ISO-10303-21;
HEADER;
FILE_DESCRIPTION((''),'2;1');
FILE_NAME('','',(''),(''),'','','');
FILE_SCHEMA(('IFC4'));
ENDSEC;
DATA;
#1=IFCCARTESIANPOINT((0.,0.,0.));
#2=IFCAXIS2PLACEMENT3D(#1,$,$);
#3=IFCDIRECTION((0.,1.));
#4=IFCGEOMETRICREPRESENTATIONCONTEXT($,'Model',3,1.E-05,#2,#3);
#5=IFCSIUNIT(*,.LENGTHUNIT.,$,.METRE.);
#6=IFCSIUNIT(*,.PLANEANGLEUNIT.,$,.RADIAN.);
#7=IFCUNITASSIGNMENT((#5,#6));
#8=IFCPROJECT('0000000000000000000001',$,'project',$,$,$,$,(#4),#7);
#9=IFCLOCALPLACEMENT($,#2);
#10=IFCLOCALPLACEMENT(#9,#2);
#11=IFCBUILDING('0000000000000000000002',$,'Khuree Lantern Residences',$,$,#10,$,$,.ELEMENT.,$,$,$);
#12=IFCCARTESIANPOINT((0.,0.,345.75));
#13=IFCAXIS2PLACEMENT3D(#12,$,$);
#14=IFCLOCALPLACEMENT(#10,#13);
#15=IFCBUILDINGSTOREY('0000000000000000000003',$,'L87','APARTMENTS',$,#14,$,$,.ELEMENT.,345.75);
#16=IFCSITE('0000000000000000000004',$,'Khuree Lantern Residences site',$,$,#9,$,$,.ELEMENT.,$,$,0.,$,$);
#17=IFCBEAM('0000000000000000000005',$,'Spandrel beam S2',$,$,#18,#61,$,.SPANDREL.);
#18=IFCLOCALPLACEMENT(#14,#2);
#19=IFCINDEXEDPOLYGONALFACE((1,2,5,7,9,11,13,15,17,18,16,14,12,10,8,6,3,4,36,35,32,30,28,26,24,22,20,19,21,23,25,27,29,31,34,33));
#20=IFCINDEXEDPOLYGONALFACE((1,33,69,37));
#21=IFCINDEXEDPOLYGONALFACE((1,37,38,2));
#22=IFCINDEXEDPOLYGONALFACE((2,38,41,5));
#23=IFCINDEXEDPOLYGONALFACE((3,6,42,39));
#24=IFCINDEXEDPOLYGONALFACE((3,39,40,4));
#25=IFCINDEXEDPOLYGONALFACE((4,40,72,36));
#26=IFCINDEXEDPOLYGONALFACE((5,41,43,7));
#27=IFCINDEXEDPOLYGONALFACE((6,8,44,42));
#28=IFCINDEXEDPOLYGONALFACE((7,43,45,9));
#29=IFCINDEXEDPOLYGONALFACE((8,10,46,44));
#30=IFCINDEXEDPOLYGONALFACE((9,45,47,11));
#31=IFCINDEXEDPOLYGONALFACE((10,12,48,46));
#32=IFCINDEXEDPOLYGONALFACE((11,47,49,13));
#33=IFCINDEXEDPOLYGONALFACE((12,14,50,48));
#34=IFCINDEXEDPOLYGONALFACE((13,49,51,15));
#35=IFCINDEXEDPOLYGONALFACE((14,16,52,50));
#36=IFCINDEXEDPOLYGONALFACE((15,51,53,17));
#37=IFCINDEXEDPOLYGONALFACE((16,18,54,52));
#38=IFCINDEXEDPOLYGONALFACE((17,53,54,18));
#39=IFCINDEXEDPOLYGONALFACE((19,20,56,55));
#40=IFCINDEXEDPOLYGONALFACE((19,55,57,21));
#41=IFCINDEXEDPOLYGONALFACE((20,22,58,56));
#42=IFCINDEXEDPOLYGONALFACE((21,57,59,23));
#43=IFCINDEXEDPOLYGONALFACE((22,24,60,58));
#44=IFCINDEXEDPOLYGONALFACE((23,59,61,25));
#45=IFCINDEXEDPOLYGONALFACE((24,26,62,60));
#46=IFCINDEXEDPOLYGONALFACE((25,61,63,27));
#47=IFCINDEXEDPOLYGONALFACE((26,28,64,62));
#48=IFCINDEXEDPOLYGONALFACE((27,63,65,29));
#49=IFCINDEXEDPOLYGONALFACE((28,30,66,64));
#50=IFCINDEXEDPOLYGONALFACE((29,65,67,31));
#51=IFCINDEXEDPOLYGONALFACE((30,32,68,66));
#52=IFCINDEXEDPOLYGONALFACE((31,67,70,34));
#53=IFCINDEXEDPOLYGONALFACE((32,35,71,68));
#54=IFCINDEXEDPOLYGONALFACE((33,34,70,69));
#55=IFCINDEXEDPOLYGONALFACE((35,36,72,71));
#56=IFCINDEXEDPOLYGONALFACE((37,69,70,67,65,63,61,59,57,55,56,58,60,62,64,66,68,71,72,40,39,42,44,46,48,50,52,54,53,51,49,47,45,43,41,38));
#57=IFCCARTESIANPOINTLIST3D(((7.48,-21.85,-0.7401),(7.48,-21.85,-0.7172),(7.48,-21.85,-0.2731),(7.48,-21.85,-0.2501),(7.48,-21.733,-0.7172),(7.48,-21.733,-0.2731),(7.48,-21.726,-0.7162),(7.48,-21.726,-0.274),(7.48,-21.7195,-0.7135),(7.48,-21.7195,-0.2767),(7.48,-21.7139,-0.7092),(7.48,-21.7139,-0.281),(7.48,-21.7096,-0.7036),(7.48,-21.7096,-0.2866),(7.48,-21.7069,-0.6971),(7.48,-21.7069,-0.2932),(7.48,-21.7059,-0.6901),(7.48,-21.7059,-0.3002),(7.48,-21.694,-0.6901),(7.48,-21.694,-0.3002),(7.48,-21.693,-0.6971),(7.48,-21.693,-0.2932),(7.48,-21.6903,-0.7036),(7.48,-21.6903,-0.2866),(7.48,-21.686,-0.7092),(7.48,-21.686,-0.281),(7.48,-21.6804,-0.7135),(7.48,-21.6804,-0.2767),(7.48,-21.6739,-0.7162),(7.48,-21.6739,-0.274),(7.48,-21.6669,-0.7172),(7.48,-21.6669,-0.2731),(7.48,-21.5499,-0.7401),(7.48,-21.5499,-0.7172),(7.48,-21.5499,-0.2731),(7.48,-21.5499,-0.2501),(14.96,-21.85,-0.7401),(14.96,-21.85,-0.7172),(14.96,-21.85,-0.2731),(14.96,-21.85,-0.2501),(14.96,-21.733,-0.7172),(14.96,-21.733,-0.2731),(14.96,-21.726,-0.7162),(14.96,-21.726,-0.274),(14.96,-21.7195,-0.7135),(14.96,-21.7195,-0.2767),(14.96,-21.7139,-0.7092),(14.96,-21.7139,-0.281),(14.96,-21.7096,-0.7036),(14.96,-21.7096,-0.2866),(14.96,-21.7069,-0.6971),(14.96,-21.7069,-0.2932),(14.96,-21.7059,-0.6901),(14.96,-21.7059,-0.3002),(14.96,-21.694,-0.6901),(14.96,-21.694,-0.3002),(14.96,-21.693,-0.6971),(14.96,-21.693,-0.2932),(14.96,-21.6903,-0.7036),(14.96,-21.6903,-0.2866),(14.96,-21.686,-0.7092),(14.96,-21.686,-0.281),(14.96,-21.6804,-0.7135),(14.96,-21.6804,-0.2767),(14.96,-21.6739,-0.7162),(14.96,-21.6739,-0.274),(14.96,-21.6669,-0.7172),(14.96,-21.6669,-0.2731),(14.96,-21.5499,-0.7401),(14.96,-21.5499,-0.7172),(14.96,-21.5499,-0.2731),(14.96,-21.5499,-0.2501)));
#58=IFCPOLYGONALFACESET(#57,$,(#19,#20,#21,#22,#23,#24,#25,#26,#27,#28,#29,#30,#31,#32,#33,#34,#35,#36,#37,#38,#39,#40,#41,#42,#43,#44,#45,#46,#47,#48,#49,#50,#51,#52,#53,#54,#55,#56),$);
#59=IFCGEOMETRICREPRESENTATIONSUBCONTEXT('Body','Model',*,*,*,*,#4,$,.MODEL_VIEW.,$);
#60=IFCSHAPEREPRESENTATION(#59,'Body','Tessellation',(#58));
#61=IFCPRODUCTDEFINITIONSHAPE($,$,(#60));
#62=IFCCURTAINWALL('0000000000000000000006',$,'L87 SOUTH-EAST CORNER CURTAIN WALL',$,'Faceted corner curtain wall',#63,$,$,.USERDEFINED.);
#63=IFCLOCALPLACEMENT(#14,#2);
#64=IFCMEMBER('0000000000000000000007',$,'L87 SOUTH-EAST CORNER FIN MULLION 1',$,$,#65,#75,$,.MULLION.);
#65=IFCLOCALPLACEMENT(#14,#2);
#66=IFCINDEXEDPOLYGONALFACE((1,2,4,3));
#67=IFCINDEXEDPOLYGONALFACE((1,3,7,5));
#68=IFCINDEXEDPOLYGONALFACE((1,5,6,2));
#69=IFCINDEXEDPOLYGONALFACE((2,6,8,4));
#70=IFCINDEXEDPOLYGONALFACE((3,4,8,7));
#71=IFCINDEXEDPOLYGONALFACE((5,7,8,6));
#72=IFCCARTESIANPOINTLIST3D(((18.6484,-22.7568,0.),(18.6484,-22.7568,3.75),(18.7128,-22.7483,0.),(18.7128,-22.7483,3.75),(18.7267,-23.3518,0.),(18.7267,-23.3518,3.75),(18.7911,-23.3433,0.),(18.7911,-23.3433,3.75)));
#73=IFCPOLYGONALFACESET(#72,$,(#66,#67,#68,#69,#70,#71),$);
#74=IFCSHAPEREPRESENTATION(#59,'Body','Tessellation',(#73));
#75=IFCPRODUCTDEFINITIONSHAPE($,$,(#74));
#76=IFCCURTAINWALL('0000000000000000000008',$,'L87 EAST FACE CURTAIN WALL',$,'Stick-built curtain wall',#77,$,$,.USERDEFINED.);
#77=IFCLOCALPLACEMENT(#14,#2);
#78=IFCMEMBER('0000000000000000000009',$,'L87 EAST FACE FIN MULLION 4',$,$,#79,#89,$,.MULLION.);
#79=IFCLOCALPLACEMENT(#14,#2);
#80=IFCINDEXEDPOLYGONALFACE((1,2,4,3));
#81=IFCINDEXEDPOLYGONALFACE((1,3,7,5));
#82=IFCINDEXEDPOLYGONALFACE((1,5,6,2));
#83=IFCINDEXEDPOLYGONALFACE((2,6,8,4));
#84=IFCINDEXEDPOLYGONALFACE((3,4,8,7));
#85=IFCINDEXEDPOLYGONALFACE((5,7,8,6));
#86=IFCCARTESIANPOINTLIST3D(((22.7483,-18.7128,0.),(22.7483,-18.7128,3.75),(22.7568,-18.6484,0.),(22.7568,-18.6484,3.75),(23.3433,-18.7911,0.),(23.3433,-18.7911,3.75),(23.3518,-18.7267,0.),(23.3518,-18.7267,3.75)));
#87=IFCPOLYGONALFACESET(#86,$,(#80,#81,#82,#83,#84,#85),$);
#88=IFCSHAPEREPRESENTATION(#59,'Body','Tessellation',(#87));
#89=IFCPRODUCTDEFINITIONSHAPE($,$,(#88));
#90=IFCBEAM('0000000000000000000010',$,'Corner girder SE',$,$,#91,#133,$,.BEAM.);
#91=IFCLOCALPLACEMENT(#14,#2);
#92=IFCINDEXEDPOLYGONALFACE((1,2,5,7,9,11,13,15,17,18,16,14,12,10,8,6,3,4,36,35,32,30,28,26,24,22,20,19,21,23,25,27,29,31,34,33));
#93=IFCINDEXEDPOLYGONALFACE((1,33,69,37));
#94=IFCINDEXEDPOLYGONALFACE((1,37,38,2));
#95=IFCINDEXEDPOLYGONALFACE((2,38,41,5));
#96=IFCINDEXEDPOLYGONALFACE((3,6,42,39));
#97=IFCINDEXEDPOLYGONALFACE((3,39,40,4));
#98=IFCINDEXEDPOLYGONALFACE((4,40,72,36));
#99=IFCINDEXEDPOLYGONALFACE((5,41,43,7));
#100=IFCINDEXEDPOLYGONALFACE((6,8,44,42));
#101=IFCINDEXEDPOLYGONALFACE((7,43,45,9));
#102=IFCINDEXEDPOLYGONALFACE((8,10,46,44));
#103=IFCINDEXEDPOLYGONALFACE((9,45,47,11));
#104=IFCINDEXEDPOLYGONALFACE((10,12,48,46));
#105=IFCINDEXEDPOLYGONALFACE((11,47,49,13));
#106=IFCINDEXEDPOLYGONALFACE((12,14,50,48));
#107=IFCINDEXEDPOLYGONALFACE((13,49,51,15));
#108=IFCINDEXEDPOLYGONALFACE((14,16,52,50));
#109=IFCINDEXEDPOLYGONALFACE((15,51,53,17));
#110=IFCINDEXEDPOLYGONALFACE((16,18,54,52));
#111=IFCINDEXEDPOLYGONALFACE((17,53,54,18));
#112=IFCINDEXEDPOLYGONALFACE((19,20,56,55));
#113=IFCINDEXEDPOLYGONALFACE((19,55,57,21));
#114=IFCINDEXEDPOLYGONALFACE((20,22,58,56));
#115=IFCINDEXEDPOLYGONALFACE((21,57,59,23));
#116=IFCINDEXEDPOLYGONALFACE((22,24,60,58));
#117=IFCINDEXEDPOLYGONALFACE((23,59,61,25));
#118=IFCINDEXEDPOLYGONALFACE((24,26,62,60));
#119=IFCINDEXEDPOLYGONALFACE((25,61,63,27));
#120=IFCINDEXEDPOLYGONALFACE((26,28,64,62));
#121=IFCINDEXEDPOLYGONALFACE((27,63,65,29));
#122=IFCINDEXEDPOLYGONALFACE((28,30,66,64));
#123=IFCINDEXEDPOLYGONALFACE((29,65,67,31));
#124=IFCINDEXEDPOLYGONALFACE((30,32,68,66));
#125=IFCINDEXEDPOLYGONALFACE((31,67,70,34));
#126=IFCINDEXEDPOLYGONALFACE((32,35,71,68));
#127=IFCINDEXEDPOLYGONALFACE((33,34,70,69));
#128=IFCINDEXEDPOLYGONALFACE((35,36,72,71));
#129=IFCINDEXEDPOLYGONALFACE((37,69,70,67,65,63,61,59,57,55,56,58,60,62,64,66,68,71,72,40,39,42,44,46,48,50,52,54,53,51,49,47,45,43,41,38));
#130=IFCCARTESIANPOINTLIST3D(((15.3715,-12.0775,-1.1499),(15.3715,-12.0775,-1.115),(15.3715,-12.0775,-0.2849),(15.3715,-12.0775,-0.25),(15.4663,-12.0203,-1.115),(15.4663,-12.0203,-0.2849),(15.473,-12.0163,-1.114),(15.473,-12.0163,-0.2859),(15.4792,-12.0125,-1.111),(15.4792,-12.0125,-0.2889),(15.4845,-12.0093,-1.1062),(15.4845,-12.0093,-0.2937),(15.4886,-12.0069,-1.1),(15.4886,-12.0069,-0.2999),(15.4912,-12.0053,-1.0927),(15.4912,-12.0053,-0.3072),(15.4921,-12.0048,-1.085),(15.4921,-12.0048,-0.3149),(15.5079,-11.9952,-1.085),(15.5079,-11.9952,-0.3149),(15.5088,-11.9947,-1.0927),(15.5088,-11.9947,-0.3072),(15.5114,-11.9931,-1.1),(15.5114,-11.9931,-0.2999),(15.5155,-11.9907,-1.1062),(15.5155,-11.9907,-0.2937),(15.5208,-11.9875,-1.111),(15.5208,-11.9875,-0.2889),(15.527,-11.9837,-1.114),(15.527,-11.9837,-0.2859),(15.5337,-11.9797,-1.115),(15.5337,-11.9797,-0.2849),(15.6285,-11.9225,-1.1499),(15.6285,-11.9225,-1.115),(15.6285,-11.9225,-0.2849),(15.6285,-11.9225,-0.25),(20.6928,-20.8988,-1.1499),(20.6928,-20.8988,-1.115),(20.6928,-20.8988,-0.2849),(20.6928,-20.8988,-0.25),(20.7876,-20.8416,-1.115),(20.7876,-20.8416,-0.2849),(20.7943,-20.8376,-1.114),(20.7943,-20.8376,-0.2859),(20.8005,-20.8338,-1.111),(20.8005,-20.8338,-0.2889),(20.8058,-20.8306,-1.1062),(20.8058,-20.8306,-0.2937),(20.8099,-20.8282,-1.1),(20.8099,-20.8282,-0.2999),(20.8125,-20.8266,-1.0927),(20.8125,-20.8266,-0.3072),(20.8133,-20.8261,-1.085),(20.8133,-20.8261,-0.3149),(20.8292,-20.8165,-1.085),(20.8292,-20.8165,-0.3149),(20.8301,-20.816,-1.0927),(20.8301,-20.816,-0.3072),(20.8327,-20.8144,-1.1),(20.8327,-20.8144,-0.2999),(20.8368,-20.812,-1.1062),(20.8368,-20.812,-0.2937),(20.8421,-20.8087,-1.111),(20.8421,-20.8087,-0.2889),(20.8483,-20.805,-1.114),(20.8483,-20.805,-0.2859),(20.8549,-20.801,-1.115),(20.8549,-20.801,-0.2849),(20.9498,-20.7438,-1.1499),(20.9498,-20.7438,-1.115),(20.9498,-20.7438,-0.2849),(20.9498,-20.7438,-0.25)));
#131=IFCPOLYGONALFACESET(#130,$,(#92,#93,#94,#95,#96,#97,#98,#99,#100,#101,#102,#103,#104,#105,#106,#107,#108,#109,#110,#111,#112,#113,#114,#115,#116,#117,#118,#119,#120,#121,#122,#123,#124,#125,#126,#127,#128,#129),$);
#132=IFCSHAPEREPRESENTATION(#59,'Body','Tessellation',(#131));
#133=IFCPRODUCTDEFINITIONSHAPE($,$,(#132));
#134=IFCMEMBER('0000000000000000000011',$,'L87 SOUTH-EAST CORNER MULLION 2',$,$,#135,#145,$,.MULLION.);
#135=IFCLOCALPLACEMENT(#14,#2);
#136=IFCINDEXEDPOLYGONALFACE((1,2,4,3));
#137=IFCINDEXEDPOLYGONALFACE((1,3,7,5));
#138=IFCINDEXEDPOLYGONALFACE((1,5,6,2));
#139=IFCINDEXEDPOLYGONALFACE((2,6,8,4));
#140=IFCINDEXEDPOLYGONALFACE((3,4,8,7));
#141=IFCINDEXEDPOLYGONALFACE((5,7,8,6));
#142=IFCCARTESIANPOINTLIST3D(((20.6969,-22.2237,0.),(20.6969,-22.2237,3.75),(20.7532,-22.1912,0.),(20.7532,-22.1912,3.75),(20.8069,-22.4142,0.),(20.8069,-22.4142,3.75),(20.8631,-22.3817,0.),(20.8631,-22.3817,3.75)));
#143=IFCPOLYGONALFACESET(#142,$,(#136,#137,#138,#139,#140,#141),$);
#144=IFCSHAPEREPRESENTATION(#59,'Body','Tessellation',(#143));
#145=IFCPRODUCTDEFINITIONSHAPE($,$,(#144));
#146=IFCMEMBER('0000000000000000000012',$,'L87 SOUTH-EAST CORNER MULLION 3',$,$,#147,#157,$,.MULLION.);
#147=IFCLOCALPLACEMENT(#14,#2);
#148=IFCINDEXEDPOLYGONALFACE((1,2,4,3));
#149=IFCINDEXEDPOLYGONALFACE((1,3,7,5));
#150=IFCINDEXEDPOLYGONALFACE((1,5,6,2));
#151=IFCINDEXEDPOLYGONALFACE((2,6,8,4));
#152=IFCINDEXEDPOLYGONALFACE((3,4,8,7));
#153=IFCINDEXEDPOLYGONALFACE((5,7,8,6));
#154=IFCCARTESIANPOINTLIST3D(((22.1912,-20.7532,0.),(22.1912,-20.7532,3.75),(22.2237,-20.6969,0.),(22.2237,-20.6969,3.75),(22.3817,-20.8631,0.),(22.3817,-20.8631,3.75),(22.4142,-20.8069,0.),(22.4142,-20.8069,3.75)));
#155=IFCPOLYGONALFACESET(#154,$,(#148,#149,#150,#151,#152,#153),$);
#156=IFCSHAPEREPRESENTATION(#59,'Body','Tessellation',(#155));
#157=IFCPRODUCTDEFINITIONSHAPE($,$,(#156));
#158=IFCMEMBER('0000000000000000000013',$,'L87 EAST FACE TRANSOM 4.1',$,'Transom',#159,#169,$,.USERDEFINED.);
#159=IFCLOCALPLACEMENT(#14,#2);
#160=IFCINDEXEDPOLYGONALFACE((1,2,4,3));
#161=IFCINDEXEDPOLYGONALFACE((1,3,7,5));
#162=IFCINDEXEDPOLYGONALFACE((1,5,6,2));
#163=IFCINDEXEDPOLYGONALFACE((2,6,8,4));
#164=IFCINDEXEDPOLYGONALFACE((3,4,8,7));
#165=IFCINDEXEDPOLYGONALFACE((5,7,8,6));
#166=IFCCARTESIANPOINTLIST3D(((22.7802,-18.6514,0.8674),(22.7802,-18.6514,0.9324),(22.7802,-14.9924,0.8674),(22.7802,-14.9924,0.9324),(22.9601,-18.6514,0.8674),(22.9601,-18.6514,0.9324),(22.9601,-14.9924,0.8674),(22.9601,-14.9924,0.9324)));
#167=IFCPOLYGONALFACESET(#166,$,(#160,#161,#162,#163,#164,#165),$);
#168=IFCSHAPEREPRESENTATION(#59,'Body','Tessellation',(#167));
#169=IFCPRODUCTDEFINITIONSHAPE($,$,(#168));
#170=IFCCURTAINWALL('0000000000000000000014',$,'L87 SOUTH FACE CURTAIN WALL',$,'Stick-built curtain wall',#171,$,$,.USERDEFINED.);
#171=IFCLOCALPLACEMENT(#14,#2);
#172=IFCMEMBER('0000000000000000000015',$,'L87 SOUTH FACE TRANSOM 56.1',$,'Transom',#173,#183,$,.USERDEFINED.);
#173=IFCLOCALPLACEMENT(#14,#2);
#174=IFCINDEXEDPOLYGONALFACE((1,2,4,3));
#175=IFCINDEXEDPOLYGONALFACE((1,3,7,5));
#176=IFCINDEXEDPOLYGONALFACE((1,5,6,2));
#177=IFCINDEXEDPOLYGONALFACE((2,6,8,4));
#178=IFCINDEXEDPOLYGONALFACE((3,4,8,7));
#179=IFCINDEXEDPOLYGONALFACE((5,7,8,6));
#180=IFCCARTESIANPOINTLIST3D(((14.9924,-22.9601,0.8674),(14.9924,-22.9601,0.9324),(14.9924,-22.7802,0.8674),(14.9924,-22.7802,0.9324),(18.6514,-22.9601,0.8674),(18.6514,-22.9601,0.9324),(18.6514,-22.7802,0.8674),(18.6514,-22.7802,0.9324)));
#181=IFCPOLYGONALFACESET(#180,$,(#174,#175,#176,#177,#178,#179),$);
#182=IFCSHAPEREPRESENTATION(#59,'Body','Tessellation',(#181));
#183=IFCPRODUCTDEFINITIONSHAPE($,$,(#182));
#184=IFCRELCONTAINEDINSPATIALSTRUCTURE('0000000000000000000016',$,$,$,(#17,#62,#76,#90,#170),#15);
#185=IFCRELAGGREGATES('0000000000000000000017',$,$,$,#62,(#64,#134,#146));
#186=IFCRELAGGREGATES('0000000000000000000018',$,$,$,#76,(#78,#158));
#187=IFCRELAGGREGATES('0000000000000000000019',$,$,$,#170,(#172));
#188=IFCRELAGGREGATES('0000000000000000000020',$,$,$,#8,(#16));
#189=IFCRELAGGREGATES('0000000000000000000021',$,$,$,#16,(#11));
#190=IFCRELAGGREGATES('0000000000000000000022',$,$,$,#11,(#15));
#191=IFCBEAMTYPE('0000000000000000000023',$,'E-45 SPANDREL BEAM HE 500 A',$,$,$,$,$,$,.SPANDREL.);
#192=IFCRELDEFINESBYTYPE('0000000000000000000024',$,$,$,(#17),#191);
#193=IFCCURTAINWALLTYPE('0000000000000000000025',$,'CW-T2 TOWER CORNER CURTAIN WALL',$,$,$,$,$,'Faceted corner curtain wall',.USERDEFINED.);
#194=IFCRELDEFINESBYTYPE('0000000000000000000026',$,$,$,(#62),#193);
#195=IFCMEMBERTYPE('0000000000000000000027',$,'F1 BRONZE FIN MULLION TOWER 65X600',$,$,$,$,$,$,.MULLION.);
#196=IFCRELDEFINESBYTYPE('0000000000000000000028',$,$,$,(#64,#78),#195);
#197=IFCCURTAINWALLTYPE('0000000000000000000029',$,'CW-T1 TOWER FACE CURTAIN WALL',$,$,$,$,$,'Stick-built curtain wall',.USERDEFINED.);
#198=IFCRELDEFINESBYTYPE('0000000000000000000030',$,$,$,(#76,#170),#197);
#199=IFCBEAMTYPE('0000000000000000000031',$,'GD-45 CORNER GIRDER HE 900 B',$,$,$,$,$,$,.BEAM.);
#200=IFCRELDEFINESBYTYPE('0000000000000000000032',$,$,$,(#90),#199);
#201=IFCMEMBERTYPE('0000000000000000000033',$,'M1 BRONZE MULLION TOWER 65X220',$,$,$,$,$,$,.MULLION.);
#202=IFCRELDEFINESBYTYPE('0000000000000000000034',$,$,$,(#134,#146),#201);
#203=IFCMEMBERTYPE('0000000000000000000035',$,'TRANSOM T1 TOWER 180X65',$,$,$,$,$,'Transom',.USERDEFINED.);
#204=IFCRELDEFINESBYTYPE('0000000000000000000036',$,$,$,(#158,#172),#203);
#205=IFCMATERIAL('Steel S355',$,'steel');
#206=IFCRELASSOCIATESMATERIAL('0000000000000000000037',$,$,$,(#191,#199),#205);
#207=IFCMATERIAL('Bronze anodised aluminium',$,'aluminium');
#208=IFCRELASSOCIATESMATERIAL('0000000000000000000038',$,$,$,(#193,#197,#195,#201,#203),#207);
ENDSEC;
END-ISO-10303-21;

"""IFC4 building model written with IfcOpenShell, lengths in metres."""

from ifc_helpers import new_model, si_unit, direction, frame, origin, origin_2d, place, context, subcontext, project, spatial, rectangle, i_section, extrude, material, material_profile, profile_set, type_object, element, aggregate, save


model = new_model("IFC4")

# Units and contexts
model_context = context("Model", 3, precision=1e-05, world=origin(), true_north=direction((0.0, 1.0)))
body_context = subcontext(model_context, "Body", "Model", "MODEL_VIEW")
ifc_project = project(units=[si_unit("LENGTHUNIT", "METRE"), si_unit("PLANEANGLEUNIT", "RADIAN")], contexts=[model_context])

# Site, building, storey
site_placement = place(None, origin())
site = spatial("IfcSite", under=ifc_project, at=site_placement, Name="Khuree Lantern Residences site", CompositionType="ELEMENT", RefElevation=0.0)
building_placement = place(site_placement, origin())
building = spatial("IfcBuilding", under=site, at=building_placement, Name="Khuree Lantern Residences", CompositionType="ELEMENT")
storey_placement = place(building_placement, frame((0.0, 0.0, 345.75)))
storey = spatial("IfcBuildingStorey", under=building, at=storey_placement, Name="L87", Description="APARTMENTS", CompositionType="ELEMENT", Elevation=345.75)

# Beam
ifc_material_1 = material(Name="Steel S355", Category="steel")
ifc_material_profile_1 = material_profile(ifc_material_1, i_section(OverallWidth=0.3, OverallDepth=0.49, WebThickness=0.012, FlangeThickness=0.0229, FilletRadius=0.0271, at=origin_2d()), Name="HE 500 A")
ifc_profile_set_1 = profile_set([ifc_material_profile_1], Name="Steel S355")
beam_type_1 = type_object("IfcBeamType", Name="E-45 SPANDREL BEAM HE 500 A", PredefinedType="SPANDREL", material=ifc_profile_set_1)
beam_1_placement = place(storey_placement, frame((14.96, -21.7, -0.4951), z_axis=(-1.0, 0.0, 0.0), x_axis=(0.0, -1.0, 0.0)))
element("IfcBeam", 1, at=beam_1_placement, inside=storey, type_object=beam_type_1, Name="Spandrel beam S2", PredefinedType="SPANDREL", context=body_context, shape_type="SweptSolid", body=[
    extrude(i_section(OverallWidth=0.3, OverallDepth=0.49, WebThickness=0.012, FlangeThickness=0.0229, FilletRadius=0.0271, at=origin_2d()), origin(), (0.0, 0.0, 1.0), 7.48),
])

# Curtain walls, members
ifc_material_2 = material(Name="Bronze anodised aluminium", Category="aluminium")
curtain_wall_type_1 = type_object("IfcCurtainWallType", Name="CW-T2 TOWER CORNER CURTAIN WALL", ElementType="Faceted corner curtain wall", PredefinedType="USERDEFINED", material=ifc_material_2)
curtain_wall_1_placement = place(storey_placement, origin())
curtain_wall_1 = element("IfcCurtainWall", 2, at=curtain_wall_1_placement, inside=storey, type_object=curtain_wall_type_1, Name="L87 SOUTH-EAST CORNER CURTAIN WALL", ObjectType="Faceted corner curtain wall", PredefinedType="USERDEFINED")
ifc_material_profile_2 = material_profile(ifc_material_2, rectangle(XDim=0.0649, YDim=0.6001, at=origin_2d()), Name="F1 65X600")
ifc_profile_set_2 = profile_set([ifc_material_profile_2], Name="Bronze anodised aluminium")
member_type_1 = type_object("IfcMemberType", Name="F1 BRONZE FIN MULLION TOWER 65X600", PredefinedType="MULLION", material=ifc_profile_set_2)
member_1_placement = place(storey_placement, frame((18.7197, -23.05, 0.0), z_axis=(0.0, 0.0, 1.0), x_axis=(0.991445, 0.130526, 0.0)))
member_1 = element("IfcMember", 3, at=member_1_placement, type_object=member_type_1, Name="L87 SOUTH-EAST CORNER FIN MULLION 1", PredefinedType="MULLION", context=body_context, shape_type="SweptSolid", body=[
    extrude(rectangle(XDim=0.0649, YDim=0.6001, at=origin_2d()), origin(), (0.0, 0.0, 1.0), 3.75),
])
curtain_wall_type_2 = type_object("IfcCurtainWallType", Name="CW-T1 TOWER FACE CURTAIN WALL", ElementType="Stick-built curtain wall", PredefinedType="USERDEFINED", material=ifc_material_2)
curtain_wall_2_placement = place(storey_placement, origin())
curtain_wall_2 = element("IfcCurtainWall", 4, at=curtain_wall_2_placement, inside=storey, type_object=curtain_wall_type_2, Name="L87 EAST FACE CURTAIN WALL", ObjectType="Stick-built curtain wall", PredefinedType="USERDEFINED")
member_2_placement = place(storey_placement, frame((23.05, -18.7197, 0.0), z_axis=(0.0, 0.0, 1.0), x_axis=(0.130526, 0.991445, 0.0)))
member_2 = element("IfcMember", 5, at=member_2_placement, type_object=member_type_1, Name="L87 EAST FACE FIN MULLION 4", PredefinedType="MULLION", context=body_context, shape_type="SweptSolid", body=[
    extrude(rectangle(XDim=0.0649, YDim=0.6001, at=origin_2d()), origin(), (0.0, 0.0, 1.0), 3.75),
])

# Beam
ifc_material_profile_3 = material_profile(ifc_material_1, i_section(OverallWidth=0.3, OverallDepth=0.8999, WebThickness=0.0186, FlangeThickness=0.0349, FilletRadius=0.03, at=origin_2d()), Name="HE 900 B")
ifc_profile_set_3 = profile_set([ifc_material_profile_3], Name="Steel S355")
beam_type_2 = type_object("IfcBeamType", Name="GD-45 CORNER GIRDER HE 900 B", PredefinedType="BEAM", material=ifc_profile_set_3)
beam_2_placement = place(storey_placement, frame((20.8213, -20.8213, -0.7), z_axis=(-0.51653, 0.856269, 0.0), x_axis=(-0.856269, -0.51653, 0.0)))
element("IfcBeam", 6, at=beam_2_placement, inside=storey, type_object=beam_type_2, Name="Corner girder SE", PredefinedType="BEAM", context=body_context, shape_type="SweptSolid", body=[
    extrude(i_section(OverallWidth=0.3, OverallDepth=0.8999, WebThickness=0.0186, FlangeThickness=0.0349, FilletRadius=0.03, at=origin_2d()), origin(), (0.0, 0.0, 1.0), 10.302),
])

# Members
ifc_material_profile_4 = material_profile(ifc_material_2, rectangle(XDim=0.0649, YDim=0.22, at=origin_2d()), Name="M1 65X220")
ifc_profile_set_4 = profile_set([ifc_material_profile_4], Name="Bronze anodised aluminium")
member_type_2 = type_object("IfcMemberType", Name="M1 BRONZE MULLION TOWER 65X220", PredefinedType="MULLION", material=ifc_profile_set_4)
member_3_placement = place(storey_placement, frame((20.78, -22.3027, 0.0), z_axis=(0.0, 0.0, 1.0), x_axis=(0.866025, 0.5, 0.0)))
member_3 = element("IfcMember", 7, at=member_3_placement, type_object=member_type_2, Name="L87 SOUTH-EAST CORNER MULLION 2", PredefinedType="MULLION", context=body_context, shape_type="SweptSolid", body=[
    extrude(rectangle(XDim=0.0649, YDim=0.22, at=origin_2d()), origin(), (0.0, 0.0, 1.0), 3.75),
])
member_4_placement = place(storey_placement, frame((22.3027, -20.78, 0.0), z_axis=(0.0, 0.0, 1.0), x_axis=(0.5, 0.866025, 0.0)))
member_4 = element("IfcMember", 8, at=member_4_placement, type_object=member_type_2, Name="L87 SOUTH-EAST CORNER MULLION 3", PredefinedType="MULLION", context=body_context, shape_type="SweptSolid", body=[
    extrude(rectangle(XDim=0.0649, YDim=0.22, at=origin_2d()), origin(), (0.0, 0.0, 1.0), 3.75),
])
ifc_material_profile_5 = material_profile(ifc_material_2, rectangle(XDim=0.1799, YDim=0.0649, at=origin_2d()), Name="T1 180X65")
ifc_profile_set_5 = profile_set([ifc_material_profile_5], Name="Bronze anodised aluminium")
member_type_3 = type_object("IfcMemberType", Name="TRANSOM T1 TOWER 180X65", ElementType="Transom", PredefinedType="USERDEFINED", material=ifc_profile_set_5)
member_5_placement = place(storey_placement, frame((22.8701, -18.6514, 0.8999), z_axis=(0.0, 1.0, 0.0), x_axis=(-1.0, 0.0, 0.0)))
member_5 = element("IfcMember", 9, at=member_5_placement, type_object=member_type_3, Name="L87 EAST FACE TRANSOM 4.1", ObjectType="Transom", PredefinedType="USERDEFINED", context=body_context, shape_type="SweptSolid", body=[
    extrude(rectangle(XDim=0.1799, YDim=0.0649, at=origin_2d()), origin(), (0.0, 0.0, 1.0), 3.6589),
])

# Curtain wall, member
curtain_wall_3_placement = place(storey_placement, origin())
curtain_wall_3 = element("IfcCurtainWall", 10, at=curtain_wall_3_placement, inside=storey, type_object=curtain_wall_type_2, Name="L87 SOUTH FACE CURTAIN WALL", ObjectType="Stick-built curtain wall", PredefinedType="USERDEFINED")
member_6_placement = place(storey_placement, frame((14.9924, -22.8701, 0.8999), z_axis=(1.0, 0.0, 0.0), x_axis=(0.0, 1.0, 0.0)))
member_6 = element("IfcMember", 11, at=member_6_placement, type_object=member_type_3, Name="L87 SOUTH FACE TRANSOM 56.1", ObjectType="Transom", PredefinedType="USERDEFINED", context=body_context, shape_type="SweptSolid", body=[
    extrude(rectangle(XDim=0.1799, YDim=0.0649, at=origin_2d()), origin(), (0.0, 0.0, 1.0), 3.6589),
])

aggregate(curtain_wall_1, [member_1, member_3, member_4])
aggregate(curtain_wall_2, [member_2, member_5])
aggregate(curtain_wall_3, [member_6])

save(model, "model.ifc")
